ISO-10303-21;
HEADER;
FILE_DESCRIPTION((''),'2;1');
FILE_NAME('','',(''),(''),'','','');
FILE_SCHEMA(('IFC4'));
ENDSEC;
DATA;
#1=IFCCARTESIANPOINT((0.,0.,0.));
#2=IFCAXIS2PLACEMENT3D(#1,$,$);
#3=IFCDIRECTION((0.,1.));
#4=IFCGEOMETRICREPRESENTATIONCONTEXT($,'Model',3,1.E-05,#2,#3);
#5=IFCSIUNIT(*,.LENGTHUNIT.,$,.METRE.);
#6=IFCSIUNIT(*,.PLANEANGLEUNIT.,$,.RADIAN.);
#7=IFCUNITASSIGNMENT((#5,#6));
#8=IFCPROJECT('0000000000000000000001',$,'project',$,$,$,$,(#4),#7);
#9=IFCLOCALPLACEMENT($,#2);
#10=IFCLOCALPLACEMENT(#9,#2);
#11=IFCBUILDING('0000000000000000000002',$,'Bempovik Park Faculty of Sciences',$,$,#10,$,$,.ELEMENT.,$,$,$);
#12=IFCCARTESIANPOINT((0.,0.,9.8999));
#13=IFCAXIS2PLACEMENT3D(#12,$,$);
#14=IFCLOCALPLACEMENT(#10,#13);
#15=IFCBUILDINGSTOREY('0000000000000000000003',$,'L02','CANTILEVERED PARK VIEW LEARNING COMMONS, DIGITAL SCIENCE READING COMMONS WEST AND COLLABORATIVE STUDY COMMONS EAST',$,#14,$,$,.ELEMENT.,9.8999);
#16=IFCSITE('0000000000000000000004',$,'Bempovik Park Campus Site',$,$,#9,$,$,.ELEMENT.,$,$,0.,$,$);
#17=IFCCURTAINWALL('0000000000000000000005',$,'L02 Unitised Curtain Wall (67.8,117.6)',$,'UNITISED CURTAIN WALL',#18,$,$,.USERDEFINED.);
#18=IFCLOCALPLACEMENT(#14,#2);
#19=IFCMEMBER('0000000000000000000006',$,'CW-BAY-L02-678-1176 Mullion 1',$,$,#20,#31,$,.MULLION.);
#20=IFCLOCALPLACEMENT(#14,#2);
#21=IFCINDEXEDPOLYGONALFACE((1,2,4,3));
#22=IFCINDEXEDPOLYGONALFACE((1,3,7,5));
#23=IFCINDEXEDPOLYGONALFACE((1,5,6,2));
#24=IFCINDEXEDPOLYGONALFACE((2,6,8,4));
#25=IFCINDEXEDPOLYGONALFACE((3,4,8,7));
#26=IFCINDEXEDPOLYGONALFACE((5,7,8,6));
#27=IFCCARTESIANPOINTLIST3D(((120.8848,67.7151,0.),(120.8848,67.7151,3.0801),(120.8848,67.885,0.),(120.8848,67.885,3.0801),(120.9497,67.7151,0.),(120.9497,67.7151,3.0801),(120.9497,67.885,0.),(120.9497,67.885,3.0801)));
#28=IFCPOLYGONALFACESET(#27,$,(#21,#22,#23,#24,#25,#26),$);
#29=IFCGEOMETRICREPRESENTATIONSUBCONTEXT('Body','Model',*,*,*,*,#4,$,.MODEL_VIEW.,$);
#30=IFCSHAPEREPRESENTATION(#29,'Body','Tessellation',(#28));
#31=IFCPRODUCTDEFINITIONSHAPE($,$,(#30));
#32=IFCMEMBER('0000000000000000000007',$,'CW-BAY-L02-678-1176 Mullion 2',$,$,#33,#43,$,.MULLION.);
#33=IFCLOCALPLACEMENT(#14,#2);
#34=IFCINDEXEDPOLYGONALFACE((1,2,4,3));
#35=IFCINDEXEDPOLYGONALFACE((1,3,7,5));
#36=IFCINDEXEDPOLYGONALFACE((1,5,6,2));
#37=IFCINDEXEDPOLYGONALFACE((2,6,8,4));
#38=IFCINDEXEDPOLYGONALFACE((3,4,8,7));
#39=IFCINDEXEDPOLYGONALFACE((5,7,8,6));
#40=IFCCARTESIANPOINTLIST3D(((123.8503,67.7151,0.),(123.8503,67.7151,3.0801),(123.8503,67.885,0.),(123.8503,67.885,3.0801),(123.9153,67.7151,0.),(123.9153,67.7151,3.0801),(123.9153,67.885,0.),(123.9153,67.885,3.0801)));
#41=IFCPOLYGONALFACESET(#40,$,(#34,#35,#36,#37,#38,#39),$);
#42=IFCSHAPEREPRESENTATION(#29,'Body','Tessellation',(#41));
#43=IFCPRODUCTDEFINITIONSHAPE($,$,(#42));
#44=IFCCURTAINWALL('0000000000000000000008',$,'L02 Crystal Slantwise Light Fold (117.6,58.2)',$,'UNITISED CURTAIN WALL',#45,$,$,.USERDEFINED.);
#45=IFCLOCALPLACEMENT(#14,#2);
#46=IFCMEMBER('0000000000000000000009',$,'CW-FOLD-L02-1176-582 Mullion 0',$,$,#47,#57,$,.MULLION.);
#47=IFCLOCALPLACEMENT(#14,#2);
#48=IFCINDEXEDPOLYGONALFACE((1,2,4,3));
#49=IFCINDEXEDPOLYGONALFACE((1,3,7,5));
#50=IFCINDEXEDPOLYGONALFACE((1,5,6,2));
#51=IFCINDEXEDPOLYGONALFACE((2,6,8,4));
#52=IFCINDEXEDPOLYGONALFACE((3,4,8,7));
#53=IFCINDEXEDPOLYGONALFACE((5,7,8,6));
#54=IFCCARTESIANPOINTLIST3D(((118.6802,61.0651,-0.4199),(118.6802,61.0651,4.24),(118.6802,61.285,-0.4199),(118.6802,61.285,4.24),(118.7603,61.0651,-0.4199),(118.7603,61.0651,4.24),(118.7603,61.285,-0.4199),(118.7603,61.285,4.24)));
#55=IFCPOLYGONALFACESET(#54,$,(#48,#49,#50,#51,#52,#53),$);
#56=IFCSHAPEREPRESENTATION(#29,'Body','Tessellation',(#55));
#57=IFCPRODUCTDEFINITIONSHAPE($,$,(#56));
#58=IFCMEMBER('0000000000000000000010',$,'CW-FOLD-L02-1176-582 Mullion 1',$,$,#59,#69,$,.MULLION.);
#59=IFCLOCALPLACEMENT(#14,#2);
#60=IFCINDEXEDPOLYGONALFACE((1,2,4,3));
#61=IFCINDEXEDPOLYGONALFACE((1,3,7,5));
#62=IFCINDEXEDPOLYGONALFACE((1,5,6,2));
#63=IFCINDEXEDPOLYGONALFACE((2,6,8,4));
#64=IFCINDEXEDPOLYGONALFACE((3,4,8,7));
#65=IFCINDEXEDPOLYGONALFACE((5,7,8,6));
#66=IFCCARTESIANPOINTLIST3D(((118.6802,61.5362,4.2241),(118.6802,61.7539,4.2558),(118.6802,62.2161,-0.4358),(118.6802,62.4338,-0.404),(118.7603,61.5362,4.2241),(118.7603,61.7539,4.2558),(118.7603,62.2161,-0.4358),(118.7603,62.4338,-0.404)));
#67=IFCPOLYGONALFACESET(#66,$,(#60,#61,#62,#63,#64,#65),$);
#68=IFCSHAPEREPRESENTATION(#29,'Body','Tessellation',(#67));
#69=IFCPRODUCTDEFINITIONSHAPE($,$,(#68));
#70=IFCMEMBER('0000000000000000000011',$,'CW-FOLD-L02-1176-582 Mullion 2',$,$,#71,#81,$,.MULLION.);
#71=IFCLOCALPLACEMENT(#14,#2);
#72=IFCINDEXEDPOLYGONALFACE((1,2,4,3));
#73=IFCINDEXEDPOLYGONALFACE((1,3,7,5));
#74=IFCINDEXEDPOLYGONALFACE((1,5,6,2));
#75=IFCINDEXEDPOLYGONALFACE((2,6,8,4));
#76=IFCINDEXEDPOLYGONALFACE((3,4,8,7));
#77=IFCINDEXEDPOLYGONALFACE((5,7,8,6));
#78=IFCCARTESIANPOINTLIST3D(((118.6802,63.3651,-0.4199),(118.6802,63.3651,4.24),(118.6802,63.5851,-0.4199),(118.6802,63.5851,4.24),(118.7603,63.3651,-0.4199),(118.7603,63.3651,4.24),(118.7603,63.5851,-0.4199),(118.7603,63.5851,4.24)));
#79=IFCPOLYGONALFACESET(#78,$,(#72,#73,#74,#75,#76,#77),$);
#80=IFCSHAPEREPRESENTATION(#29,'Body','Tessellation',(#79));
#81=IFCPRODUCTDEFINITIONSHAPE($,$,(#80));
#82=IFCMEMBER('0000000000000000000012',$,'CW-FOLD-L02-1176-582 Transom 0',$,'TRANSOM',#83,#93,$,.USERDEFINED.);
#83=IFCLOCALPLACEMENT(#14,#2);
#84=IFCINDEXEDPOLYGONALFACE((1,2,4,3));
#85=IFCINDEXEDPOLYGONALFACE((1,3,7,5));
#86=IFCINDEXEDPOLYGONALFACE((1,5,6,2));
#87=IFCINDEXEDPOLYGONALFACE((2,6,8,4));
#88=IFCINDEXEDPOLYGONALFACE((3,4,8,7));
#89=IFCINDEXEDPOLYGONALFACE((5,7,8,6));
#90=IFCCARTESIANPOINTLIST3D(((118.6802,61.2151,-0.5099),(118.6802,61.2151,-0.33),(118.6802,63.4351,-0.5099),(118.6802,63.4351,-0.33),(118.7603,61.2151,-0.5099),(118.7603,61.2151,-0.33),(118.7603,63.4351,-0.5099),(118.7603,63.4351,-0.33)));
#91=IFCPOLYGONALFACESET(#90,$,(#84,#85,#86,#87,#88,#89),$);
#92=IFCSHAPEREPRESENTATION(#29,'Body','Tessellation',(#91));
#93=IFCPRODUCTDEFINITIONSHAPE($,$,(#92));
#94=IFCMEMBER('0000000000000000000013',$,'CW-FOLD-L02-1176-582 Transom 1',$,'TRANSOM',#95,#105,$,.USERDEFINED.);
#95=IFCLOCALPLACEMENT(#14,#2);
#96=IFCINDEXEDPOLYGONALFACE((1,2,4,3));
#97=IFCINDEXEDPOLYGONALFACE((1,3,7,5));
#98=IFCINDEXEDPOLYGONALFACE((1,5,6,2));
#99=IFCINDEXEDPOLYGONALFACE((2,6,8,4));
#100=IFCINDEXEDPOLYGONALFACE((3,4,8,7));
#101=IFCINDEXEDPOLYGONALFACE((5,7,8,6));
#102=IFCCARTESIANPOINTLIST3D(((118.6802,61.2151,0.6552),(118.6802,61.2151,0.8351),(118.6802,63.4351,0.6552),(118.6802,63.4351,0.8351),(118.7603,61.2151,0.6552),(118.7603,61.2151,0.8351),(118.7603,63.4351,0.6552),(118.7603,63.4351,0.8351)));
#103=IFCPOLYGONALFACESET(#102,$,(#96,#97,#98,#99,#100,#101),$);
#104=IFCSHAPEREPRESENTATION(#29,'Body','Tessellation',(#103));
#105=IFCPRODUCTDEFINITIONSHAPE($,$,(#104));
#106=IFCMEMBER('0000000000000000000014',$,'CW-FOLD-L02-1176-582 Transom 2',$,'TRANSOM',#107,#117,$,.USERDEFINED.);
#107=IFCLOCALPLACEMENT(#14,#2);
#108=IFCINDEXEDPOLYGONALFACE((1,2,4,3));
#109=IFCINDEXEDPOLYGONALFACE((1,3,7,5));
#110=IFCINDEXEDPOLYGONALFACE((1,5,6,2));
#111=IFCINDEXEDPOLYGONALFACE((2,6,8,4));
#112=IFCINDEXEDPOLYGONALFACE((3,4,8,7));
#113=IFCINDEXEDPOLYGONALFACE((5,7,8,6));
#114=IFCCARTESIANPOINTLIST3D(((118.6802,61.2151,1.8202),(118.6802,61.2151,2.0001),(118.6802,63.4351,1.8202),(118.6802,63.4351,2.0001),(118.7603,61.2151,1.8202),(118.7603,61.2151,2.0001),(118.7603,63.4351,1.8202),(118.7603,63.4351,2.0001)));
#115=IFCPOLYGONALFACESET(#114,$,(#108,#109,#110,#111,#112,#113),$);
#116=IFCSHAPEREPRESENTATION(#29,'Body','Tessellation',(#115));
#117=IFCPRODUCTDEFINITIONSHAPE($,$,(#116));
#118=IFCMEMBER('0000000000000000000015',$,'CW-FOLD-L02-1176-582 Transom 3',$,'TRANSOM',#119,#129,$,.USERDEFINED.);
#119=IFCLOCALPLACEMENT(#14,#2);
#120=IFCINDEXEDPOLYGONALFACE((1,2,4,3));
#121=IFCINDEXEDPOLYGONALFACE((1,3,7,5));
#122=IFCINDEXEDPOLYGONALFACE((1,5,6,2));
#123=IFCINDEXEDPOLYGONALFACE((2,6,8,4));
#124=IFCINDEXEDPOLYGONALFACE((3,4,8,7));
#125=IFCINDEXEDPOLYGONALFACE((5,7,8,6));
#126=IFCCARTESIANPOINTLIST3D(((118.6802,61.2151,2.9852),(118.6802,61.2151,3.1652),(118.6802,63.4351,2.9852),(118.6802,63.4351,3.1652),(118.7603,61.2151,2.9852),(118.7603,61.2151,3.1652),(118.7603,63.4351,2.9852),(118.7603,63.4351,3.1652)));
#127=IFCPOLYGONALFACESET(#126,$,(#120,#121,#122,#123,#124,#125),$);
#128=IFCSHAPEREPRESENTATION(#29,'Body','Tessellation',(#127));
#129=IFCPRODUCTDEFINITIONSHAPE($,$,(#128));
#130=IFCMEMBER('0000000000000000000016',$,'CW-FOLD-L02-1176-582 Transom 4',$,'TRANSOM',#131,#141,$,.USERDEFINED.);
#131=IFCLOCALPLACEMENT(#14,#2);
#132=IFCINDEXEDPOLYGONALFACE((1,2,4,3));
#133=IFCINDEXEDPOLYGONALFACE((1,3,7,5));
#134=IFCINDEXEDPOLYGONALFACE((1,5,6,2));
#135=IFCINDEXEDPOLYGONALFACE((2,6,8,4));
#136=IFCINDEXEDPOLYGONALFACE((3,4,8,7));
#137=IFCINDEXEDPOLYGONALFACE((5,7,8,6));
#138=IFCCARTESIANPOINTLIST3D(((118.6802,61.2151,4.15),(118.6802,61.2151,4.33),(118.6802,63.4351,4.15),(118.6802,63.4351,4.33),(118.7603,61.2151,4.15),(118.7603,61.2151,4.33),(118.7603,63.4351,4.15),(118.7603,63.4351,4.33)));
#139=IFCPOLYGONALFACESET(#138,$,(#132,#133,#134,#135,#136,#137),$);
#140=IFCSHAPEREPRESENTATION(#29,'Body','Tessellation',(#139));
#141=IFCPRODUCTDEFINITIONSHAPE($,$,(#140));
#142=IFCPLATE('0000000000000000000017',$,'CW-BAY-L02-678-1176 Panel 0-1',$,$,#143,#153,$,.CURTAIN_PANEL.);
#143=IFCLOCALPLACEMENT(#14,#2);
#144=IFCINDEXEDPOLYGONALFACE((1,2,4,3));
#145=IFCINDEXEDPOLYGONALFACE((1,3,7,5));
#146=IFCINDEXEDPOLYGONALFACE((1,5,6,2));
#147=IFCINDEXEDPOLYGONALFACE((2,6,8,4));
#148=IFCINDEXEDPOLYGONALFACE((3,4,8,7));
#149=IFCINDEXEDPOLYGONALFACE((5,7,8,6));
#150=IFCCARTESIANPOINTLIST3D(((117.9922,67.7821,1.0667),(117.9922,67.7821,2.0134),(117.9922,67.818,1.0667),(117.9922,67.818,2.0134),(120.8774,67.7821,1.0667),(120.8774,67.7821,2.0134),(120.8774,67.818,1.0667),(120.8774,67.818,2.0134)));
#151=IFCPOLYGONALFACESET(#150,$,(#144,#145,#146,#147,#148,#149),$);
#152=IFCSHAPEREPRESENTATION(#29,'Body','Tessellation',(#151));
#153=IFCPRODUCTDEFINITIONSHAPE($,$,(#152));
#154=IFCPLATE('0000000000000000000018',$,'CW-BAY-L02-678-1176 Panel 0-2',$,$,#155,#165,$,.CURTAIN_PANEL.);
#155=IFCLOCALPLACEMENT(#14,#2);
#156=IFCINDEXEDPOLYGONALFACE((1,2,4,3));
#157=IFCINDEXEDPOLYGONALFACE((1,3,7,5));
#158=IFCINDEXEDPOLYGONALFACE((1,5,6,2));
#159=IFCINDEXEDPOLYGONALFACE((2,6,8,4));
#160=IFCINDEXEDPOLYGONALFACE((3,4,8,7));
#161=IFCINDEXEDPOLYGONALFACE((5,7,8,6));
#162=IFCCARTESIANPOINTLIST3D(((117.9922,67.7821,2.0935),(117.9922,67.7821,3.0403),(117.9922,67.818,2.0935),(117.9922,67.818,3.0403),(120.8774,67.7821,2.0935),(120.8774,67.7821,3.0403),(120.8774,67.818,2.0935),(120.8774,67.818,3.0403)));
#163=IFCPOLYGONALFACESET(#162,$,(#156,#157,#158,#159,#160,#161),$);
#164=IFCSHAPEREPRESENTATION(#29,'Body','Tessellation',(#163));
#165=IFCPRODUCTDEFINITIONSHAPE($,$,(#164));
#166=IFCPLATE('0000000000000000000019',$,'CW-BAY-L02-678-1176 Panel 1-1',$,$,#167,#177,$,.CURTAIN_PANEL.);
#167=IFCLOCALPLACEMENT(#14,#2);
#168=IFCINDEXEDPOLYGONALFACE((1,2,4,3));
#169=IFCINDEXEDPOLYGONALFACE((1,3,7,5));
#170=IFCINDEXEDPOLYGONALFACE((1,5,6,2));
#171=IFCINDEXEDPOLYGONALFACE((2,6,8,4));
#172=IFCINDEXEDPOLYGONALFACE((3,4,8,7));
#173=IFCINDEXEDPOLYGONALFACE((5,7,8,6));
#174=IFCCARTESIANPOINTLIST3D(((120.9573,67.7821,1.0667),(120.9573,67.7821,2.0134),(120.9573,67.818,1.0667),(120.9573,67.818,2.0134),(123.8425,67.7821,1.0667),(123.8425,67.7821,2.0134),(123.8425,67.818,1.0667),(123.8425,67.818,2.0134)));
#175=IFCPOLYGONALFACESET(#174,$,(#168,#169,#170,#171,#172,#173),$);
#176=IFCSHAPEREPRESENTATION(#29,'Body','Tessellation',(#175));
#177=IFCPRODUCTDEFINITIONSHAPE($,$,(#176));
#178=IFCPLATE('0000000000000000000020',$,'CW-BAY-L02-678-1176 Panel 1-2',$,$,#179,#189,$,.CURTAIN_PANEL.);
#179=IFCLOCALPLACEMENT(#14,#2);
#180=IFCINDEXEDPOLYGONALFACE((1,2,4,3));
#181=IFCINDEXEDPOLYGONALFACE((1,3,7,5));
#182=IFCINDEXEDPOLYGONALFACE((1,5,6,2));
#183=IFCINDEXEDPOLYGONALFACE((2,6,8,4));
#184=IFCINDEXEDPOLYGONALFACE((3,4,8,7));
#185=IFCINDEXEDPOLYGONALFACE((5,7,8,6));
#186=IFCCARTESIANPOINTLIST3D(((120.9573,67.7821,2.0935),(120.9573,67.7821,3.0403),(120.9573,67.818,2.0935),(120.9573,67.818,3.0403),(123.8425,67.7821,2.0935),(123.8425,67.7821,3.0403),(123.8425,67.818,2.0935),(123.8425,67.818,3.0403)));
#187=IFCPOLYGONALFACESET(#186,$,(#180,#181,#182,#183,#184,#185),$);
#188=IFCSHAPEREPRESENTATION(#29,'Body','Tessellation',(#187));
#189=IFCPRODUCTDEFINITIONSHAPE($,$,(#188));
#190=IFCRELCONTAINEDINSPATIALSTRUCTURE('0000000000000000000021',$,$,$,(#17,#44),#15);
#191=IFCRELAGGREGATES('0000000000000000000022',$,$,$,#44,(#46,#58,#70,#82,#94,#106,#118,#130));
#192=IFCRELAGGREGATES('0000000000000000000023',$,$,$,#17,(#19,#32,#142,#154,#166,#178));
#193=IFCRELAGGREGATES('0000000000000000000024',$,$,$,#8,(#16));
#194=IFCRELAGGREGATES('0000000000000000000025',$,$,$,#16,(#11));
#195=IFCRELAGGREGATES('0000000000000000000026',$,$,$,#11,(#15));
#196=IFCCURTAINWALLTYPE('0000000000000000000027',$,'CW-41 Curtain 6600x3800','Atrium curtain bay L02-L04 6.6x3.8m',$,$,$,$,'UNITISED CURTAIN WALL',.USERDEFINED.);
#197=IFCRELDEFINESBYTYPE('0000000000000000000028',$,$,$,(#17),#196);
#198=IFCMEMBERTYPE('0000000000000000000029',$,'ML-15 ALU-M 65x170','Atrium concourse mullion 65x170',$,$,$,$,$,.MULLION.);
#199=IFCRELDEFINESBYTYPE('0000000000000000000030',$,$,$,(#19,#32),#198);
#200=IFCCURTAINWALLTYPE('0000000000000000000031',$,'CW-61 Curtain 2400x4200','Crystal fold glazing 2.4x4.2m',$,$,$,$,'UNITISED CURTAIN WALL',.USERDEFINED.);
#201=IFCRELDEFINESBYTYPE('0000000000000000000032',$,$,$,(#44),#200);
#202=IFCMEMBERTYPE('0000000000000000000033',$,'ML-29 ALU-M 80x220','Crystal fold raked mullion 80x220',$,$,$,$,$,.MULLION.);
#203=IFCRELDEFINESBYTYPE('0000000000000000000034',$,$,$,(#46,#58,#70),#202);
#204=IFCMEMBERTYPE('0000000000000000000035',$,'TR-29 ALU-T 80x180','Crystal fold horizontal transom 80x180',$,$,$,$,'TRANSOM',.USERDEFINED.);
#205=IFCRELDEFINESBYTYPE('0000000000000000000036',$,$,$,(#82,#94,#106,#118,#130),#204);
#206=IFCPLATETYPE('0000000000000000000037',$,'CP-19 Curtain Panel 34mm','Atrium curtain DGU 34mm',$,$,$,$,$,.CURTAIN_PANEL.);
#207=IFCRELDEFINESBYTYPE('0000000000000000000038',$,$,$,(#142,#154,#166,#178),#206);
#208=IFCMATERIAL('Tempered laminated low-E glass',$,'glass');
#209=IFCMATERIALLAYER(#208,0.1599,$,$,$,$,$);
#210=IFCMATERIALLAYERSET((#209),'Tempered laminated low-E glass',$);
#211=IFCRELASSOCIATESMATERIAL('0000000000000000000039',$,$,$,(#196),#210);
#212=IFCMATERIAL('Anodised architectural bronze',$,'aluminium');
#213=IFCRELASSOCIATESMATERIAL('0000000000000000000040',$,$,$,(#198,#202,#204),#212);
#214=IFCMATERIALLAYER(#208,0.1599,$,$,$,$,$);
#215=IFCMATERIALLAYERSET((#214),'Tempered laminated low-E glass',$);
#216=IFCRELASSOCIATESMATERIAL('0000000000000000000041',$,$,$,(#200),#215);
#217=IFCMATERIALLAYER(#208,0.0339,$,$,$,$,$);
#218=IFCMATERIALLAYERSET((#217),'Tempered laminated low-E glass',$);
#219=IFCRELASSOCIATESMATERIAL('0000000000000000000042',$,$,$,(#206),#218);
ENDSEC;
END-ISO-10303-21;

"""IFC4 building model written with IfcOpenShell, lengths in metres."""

from ifc_helpers import new_model, si_unit, direction, frame, origin, origin_2d, place, context, subcontext, project, spatial, rectangle, extrude, material, layer, layer_set, material_profile, profile_set, type_object, element, aggregate, save


model = new_model("IFC4")

# Units and contexts
model_context = context("Model", 3, precision=1e-05, world=origin(), true_north=direction((0.0, 1.0)))
body_context = subcontext(model_context, "Body", "Model", "MODEL_VIEW")
ifc_project = project(units=[si_unit("LENGTHUNIT", "METRE"), si_unit("PLANEANGLEUNIT", "RADIAN")], contexts=[model_context])

# Site, building, storey
site_placement = place(None, origin())
site = spatial("IfcSite", under=ifc_project, at=site_placement, Name="Bempovik Park Campus Site", CompositionType="ELEMENT", RefElevation=0.0)
building_placement = place(site_placement, origin())
building = spatial("IfcBuilding", under=site, at=building_placement, Name="Bempovik Park Faculty of Sciences", CompositionType="ELEMENT")
storey_placement = place(building_placement, frame((0.0, 0.0, 9.8999)))
storey = spatial("IfcBuildingStorey", under=building, at=storey_placement, Name="L02", Description="CANTILEVERED PARK VIEW LEARNING COMMONS, DIGITAL SCIENCE READING COMMONS WEST AND COLLABORATIVE STUDY COMMONS EAST", CompositionType="ELEMENT", Elevation=9.8999)

# Curtain walls, members
ifc_material_1 = material(Name="Tempered laminated low-E glass", Category="glass")
ifc_layer_1 = layer(ifc_material_1, 0.1599)
ifc_layer_set_1 = layer_set([ifc_layer_1], Name="Tempered laminated low-E glass")
curtain_wall_type_1 = type_object("IfcCurtainWallType", Name="CW-41 Curtain 6600x3800", Description="Atrium curtain bay L02-L04 6.6x3.8m", ElementType="UNITISED CURTAIN WALL", PredefinedType="USERDEFINED", material=ifc_layer_set_1)
curtain_wall_1_placement = place(storey_placement, origin())
curtain_wall_1 = element("IfcCurtainWall", 1, at=curtain_wall_1_placement, inside=storey, type_object=curtain_wall_type_1, Name="L02 Unitised Curtain Wall (67.8,117.6)", ObjectType="UNITISED CURTAIN WALL", PredefinedType="USERDEFINED")
ifc_material_2 = material(Name="Anodised architectural bronze", Category="aluminium")
ifc_material_profile_1 = material_profile(ifc_material_2, rectangle(XDim=0.0649, YDim=0.1699, at=origin_2d()), Name="ALU-M 65x170")
ifc_profile_set_1 = profile_set([ifc_material_profile_1], Name="Anodised architectural bronze")
member_type_1 = type_object("IfcMemberType", Name="ML-15 ALU-M 65x170", Description="Atrium concourse mullion 65x170", PredefinedType="MULLION", material=ifc_profile_set_1)
member_1_placement = place(storey_placement, frame((120.9172, 67.8, 0.0), z_axis=(0.0, 0.0, 1.0), x_axis=(1.0, 0.0, 0.0)))
member_1 = element("IfcMember", 2, at=member_1_placement, type_object=member_type_1, Name="CW-BAY-L02-678-1176 Mullion 1", PredefinedType="MULLION", context=body_context, shape_type="SweptSolid", body=[
    extrude(rectangle(XDim=0.0649, YDim=0.1699, at=origin_2d()), origin(), (0.0, 0.0, 1.0), 3.0801),
])
member_2_placement = place(storey_placement, frame((123.8828, 67.8, 0.0), z_axis=(0.0, 0.0, 1.0), x_axis=(1.0, 0.0, 0.0)))
member_2 = element("IfcMember", 3, at=member_2_placement, type_object=member_type_1, Name="CW-BAY-L02-678-1176 Mullion 2", PredefinedType="MULLION", context=body_context, shape_type="SweptSolid", body=[
    extrude(rectangle(XDim=0.0649, YDim=0.1699, at=origin_2d()), origin(), (0.0, 0.0, 1.0), 3.0801),
])
ifc_layer_2 = layer(ifc_material_1, 0.1599)
ifc_layer_set_2 = layer_set([ifc_layer_2], Name="Tempered laminated low-E glass")
curtain_wall_type_2 = type_object("IfcCurtainWallType", Name="CW-61 Curtain 2400x4200", Description="Crystal fold glazing 2.4x4.2m", ElementType="UNITISED CURTAIN WALL", PredefinedType="USERDEFINED", material=ifc_layer_set_2)
curtain_wall_2_placement = place(storey_placement, origin())
curtain_wall_2 = element("IfcCurtainWall", 4, at=curtain_wall_2_placement, inside=storey, type_object=curtain_wall_type_2, Name="L02 Crystal Slantwise Light Fold (117.6,58.2)", ObjectType="UNITISED CURTAIN WALL", PredefinedType="USERDEFINED")
ifc_material_profile_2 = material_profile(ifc_material_2, rectangle(XDim=0.0801, YDim=0.22, at=origin_2d()), Name="ALU-M 80x220")
ifc_profile_set_2 = profile_set([ifc_material_profile_2], Name="Anodised architectural bronze")
member_type_2 = type_object("IfcMemberType", Name="ML-29 ALU-M 80x220", Description="Crystal fold raked mullion 80x220", PredefinedType="MULLION", material=ifc_profile_set_2)
member_3_placement = place(storey_placement, frame((118.7202, 61.175, -0.4199), z_axis=(0.0, 0.0, 1.0), x_axis=(1.0, 0.0, 0.0)))
member_3 = element("IfcMember", 5, at=member_3_placement, type_object=member_type_2, Name="CW-FOLD-L02-1176-582 Mullion 0", PredefinedType="MULLION", context=body_context, shape_type="SweptSolid", body=[
    extrude(rectangle(XDim=0.0801, YDim=0.22, at=origin_2d()), origin(), (0.0, 0.0, 1.0), 4.6599),
])
member_4_placement = place(storey_placement, frame((118.7202, 62.325, -0.4199), z_axis=(0.0, -0.144382, 0.989522), x_axis=(1.0, 0.0, 0.0)))
member_4 = element("IfcMember", 6, at=member_4_placement, type_object=member_type_2, Name="CW-FOLD-L02-1176-582 Mullion 1", PredefinedType="MULLION", context=body_context, shape_type="SweptSolid", body=[
    extrude(rectangle(XDim=0.0801, YDim=0.22, at=origin_2d()), origin(), (0.0, 0.0, 1.0), 4.7092),
])
member_5_placement = place(storey_placement, frame((118.7202, 63.4751, -0.4199), z_axis=(0.0, 0.0, 1.0), x_axis=(1.0, 0.0, 0.0)))
member_5 = element("IfcMember", 7, at=member_5_placement, type_object=member_type_2, Name="CW-FOLD-L02-1176-582 Mullion 2", PredefinedType="MULLION", context=body_context, shape_type="SweptSolid", body=[
    extrude(rectangle(XDim=0.0801, YDim=0.22, at=origin_2d()), origin(), (0.0, 0.0, 1.0), 4.6599),
])
ifc_material_profile_3 = material_profile(ifc_material_2, rectangle(XDim=0.0801, YDim=0.1799, at=origin_2d()), Name="ALU-T 80x180")
ifc_profile_set_3 = profile_set([ifc_material_profile_3], Name="Anodised architectural bronze")
member_type_3 = type_object("IfcMemberType", Name="TR-29 ALU-T 80x180", Description="Crystal fold horizontal transom 80x180", ElementType="TRANSOM", PredefinedType="USERDEFINED", material=ifc_profile_set_3)
member_6_placement = place(storey_placement, frame((118.7202, 61.2151, -0.4199), z_axis=(0.0, 1.0, 0.0), x_axis=(-1.0, 0.0, 0.0)))
member_6 = element("IfcMember", 8, at=member_6_placement, type_object=member_type_3, Name="CW-FOLD-L02-1176-582 Transom 0", ObjectType="TRANSOM", PredefinedType="USERDEFINED", context=body_context, shape_type="SweptSolid", body=[
    extrude(rectangle(XDim=0.0801, YDim=0.1799, at=origin_2d()), origin(), (0.0, 0.0, 1.0), 2.22),
])
member_7_placement = place(storey_placement, frame((118.7202, 61.2151, 0.7451), z_axis=(0.0, 1.0, 0.0), x_axis=(-1.0, 0.0, 0.0)))
member_7 = element("IfcMember", 9, at=member_7_placement, type_object=member_type_3, Name="CW-FOLD-L02-1176-582 Transom 1", ObjectType="TRANSOM", PredefinedType="USERDEFINED", context=body_context, shape_type="SweptSolid", body=[
    extrude(rectangle(XDim=0.0801, YDim=0.1799, at=origin_2d()), origin(), (0.0, 0.0, 1.0), 2.22),
])
member_8_placement = place(storey_placement, frame((118.7202, 61.2151, 1.9102), z_axis=(0.0, 1.0, 0.0), x_axis=(-1.0, 0.0, 0.0)))
member_8 = element("IfcMember", 10, at=member_8_placement, type_object=member_type_3, Name="CW-FOLD-L02-1176-582 Transom 2", ObjectType="TRANSOM", PredefinedType="USERDEFINED", context=body_context, shape_type="SweptSolid", body=[
    extrude(rectangle(XDim=0.0801, YDim=0.1799, at=origin_2d()), origin(), (0.0, 0.0, 1.0), 2.22),
])
member_9_placement = place(storey_placement, frame((118.7202, 61.2151, 3.0752), z_axis=(0.0, 1.0, 0.0), x_axis=(-1.0, 0.0, 0.0)))
member_9 = element("IfcMember", 11, at=member_9_placement, type_object=member_type_3, Name="CW-FOLD-L02-1176-582 Transom 3", ObjectType="TRANSOM", PredefinedType="USERDEFINED", context=body_context, shape_type="SweptSolid", body=[
    extrude(rectangle(XDim=0.0801, YDim=0.1799, at=origin_2d()), origin(), (0.0, 0.0, 1.0), 2.22),
])
member_10_placement = place(storey_placement, frame((118.7202, 61.2151, 4.24), z_axis=(0.0, 1.0, 0.0), x_axis=(-1.0, 0.0, 0.0)))
member_10 = element("IfcMember", 12, at=member_10_placement, type_object=member_type_3, Name="CW-FOLD-L02-1176-582 Transom 4", ObjectType="TRANSOM", PredefinedType="USERDEFINED", context=body_context, shape_type="SweptSolid", body=[
    extrude(rectangle(XDim=0.0801, YDim=0.1799, at=origin_2d()), origin(), (0.0, 0.0, 1.0), 2.22),
])

# Plates
ifc_layer_3 = layer(ifc_material_1, 0.0339)
ifc_layer_set_3 = layer_set([ifc_layer_3], Name="Tempered laminated low-E glass")
plate_type_1 = type_object("IfcPlateType", Name="CP-19 Curtain Panel 34mm", Description="Atrium curtain DGU 34mm", PredefinedType="CURTAIN_PANEL", material=ifc_layer_set_3)
plate_1_placement = place(storey_placement, frame((119.4348, 67.8, 1.0667), z_axis=(0.0, 0.0, 1.0), x_axis=(1.0, 0.0, 0.0)))
plate_1 = element("IfcPlate", 13, at=plate_1_placement, type_object=plate_type_1, Name="CW-BAY-L02-678-1176 Panel 0-1", PredefinedType="CURTAIN_PANEL", context=body_context, shape_type="SweptSolid", body=[
    extrude(rectangle(XDim=2.8853, YDim=0.0359, at=origin_2d()), origin(), (0.0, 0.0, 1.0), 0.9468),
])
plate_2_placement = place(storey_placement, frame((119.4348, 67.8, 2.0935), z_axis=(0.0, 0.0, 1.0), x_axis=(1.0, 0.0, 0.0)))
plate_2 = element("IfcPlate", 14, at=plate_2_placement, type_object=plate_type_1, Name="CW-BAY-L02-678-1176 Panel 0-2", PredefinedType="CURTAIN_PANEL", context=body_context, shape_type="SweptSolid", body=[
    extrude(rectangle(XDim=2.8853, YDim=0.0359, at=origin_2d()), origin(), (0.0, 0.0, 1.0), 0.9468),
])
plate_3_placement = place(storey_placement, frame((122.3999, 67.8, 1.0667), z_axis=(0.0, 0.0, 1.0), x_axis=(1.0, 0.0, 0.0)))
plate_3 = element("IfcPlate", 15, at=plate_3_placement, type_object=plate_type_1, Name="CW-BAY-L02-678-1176 Panel 1-1", PredefinedType="CURTAIN_PANEL", context=body_context, shape_type="SweptSolid", body=[
    extrude(rectangle(XDim=2.8853, YDim=0.0359, at=origin_2d()), origin(), (0.0, 0.0, 1.0), 0.9468),
])
plate_4_placement = place(storey_placement, frame((122.3999, 67.8, 2.0935), z_axis=(0.0, 0.0, 1.0), x_axis=(1.0, 0.0, 0.0)))
plate_4 = element("IfcPlate", 16, at=plate_4_placement, type_object=plate_type_1, Name="CW-BAY-L02-678-1176 Panel 1-2", PredefinedType="CURTAIN_PANEL", context=body_context, shape_type="SweptSolid", body=[
    extrude(rectangle(XDim=2.8853, YDim=0.0359, at=origin_2d()), origin(), (0.0, 0.0, 1.0), 0.9468),
])
aggregate(curtain_wall_2, [member_3, member_4, member_5, member_6, member_7, member_8, member_9, member_10])
aggregate(curtain_wall_1, [member_1, member_2, plate_1, plate_2, plate_3, plate_4])

save(model, "model.ifc")
